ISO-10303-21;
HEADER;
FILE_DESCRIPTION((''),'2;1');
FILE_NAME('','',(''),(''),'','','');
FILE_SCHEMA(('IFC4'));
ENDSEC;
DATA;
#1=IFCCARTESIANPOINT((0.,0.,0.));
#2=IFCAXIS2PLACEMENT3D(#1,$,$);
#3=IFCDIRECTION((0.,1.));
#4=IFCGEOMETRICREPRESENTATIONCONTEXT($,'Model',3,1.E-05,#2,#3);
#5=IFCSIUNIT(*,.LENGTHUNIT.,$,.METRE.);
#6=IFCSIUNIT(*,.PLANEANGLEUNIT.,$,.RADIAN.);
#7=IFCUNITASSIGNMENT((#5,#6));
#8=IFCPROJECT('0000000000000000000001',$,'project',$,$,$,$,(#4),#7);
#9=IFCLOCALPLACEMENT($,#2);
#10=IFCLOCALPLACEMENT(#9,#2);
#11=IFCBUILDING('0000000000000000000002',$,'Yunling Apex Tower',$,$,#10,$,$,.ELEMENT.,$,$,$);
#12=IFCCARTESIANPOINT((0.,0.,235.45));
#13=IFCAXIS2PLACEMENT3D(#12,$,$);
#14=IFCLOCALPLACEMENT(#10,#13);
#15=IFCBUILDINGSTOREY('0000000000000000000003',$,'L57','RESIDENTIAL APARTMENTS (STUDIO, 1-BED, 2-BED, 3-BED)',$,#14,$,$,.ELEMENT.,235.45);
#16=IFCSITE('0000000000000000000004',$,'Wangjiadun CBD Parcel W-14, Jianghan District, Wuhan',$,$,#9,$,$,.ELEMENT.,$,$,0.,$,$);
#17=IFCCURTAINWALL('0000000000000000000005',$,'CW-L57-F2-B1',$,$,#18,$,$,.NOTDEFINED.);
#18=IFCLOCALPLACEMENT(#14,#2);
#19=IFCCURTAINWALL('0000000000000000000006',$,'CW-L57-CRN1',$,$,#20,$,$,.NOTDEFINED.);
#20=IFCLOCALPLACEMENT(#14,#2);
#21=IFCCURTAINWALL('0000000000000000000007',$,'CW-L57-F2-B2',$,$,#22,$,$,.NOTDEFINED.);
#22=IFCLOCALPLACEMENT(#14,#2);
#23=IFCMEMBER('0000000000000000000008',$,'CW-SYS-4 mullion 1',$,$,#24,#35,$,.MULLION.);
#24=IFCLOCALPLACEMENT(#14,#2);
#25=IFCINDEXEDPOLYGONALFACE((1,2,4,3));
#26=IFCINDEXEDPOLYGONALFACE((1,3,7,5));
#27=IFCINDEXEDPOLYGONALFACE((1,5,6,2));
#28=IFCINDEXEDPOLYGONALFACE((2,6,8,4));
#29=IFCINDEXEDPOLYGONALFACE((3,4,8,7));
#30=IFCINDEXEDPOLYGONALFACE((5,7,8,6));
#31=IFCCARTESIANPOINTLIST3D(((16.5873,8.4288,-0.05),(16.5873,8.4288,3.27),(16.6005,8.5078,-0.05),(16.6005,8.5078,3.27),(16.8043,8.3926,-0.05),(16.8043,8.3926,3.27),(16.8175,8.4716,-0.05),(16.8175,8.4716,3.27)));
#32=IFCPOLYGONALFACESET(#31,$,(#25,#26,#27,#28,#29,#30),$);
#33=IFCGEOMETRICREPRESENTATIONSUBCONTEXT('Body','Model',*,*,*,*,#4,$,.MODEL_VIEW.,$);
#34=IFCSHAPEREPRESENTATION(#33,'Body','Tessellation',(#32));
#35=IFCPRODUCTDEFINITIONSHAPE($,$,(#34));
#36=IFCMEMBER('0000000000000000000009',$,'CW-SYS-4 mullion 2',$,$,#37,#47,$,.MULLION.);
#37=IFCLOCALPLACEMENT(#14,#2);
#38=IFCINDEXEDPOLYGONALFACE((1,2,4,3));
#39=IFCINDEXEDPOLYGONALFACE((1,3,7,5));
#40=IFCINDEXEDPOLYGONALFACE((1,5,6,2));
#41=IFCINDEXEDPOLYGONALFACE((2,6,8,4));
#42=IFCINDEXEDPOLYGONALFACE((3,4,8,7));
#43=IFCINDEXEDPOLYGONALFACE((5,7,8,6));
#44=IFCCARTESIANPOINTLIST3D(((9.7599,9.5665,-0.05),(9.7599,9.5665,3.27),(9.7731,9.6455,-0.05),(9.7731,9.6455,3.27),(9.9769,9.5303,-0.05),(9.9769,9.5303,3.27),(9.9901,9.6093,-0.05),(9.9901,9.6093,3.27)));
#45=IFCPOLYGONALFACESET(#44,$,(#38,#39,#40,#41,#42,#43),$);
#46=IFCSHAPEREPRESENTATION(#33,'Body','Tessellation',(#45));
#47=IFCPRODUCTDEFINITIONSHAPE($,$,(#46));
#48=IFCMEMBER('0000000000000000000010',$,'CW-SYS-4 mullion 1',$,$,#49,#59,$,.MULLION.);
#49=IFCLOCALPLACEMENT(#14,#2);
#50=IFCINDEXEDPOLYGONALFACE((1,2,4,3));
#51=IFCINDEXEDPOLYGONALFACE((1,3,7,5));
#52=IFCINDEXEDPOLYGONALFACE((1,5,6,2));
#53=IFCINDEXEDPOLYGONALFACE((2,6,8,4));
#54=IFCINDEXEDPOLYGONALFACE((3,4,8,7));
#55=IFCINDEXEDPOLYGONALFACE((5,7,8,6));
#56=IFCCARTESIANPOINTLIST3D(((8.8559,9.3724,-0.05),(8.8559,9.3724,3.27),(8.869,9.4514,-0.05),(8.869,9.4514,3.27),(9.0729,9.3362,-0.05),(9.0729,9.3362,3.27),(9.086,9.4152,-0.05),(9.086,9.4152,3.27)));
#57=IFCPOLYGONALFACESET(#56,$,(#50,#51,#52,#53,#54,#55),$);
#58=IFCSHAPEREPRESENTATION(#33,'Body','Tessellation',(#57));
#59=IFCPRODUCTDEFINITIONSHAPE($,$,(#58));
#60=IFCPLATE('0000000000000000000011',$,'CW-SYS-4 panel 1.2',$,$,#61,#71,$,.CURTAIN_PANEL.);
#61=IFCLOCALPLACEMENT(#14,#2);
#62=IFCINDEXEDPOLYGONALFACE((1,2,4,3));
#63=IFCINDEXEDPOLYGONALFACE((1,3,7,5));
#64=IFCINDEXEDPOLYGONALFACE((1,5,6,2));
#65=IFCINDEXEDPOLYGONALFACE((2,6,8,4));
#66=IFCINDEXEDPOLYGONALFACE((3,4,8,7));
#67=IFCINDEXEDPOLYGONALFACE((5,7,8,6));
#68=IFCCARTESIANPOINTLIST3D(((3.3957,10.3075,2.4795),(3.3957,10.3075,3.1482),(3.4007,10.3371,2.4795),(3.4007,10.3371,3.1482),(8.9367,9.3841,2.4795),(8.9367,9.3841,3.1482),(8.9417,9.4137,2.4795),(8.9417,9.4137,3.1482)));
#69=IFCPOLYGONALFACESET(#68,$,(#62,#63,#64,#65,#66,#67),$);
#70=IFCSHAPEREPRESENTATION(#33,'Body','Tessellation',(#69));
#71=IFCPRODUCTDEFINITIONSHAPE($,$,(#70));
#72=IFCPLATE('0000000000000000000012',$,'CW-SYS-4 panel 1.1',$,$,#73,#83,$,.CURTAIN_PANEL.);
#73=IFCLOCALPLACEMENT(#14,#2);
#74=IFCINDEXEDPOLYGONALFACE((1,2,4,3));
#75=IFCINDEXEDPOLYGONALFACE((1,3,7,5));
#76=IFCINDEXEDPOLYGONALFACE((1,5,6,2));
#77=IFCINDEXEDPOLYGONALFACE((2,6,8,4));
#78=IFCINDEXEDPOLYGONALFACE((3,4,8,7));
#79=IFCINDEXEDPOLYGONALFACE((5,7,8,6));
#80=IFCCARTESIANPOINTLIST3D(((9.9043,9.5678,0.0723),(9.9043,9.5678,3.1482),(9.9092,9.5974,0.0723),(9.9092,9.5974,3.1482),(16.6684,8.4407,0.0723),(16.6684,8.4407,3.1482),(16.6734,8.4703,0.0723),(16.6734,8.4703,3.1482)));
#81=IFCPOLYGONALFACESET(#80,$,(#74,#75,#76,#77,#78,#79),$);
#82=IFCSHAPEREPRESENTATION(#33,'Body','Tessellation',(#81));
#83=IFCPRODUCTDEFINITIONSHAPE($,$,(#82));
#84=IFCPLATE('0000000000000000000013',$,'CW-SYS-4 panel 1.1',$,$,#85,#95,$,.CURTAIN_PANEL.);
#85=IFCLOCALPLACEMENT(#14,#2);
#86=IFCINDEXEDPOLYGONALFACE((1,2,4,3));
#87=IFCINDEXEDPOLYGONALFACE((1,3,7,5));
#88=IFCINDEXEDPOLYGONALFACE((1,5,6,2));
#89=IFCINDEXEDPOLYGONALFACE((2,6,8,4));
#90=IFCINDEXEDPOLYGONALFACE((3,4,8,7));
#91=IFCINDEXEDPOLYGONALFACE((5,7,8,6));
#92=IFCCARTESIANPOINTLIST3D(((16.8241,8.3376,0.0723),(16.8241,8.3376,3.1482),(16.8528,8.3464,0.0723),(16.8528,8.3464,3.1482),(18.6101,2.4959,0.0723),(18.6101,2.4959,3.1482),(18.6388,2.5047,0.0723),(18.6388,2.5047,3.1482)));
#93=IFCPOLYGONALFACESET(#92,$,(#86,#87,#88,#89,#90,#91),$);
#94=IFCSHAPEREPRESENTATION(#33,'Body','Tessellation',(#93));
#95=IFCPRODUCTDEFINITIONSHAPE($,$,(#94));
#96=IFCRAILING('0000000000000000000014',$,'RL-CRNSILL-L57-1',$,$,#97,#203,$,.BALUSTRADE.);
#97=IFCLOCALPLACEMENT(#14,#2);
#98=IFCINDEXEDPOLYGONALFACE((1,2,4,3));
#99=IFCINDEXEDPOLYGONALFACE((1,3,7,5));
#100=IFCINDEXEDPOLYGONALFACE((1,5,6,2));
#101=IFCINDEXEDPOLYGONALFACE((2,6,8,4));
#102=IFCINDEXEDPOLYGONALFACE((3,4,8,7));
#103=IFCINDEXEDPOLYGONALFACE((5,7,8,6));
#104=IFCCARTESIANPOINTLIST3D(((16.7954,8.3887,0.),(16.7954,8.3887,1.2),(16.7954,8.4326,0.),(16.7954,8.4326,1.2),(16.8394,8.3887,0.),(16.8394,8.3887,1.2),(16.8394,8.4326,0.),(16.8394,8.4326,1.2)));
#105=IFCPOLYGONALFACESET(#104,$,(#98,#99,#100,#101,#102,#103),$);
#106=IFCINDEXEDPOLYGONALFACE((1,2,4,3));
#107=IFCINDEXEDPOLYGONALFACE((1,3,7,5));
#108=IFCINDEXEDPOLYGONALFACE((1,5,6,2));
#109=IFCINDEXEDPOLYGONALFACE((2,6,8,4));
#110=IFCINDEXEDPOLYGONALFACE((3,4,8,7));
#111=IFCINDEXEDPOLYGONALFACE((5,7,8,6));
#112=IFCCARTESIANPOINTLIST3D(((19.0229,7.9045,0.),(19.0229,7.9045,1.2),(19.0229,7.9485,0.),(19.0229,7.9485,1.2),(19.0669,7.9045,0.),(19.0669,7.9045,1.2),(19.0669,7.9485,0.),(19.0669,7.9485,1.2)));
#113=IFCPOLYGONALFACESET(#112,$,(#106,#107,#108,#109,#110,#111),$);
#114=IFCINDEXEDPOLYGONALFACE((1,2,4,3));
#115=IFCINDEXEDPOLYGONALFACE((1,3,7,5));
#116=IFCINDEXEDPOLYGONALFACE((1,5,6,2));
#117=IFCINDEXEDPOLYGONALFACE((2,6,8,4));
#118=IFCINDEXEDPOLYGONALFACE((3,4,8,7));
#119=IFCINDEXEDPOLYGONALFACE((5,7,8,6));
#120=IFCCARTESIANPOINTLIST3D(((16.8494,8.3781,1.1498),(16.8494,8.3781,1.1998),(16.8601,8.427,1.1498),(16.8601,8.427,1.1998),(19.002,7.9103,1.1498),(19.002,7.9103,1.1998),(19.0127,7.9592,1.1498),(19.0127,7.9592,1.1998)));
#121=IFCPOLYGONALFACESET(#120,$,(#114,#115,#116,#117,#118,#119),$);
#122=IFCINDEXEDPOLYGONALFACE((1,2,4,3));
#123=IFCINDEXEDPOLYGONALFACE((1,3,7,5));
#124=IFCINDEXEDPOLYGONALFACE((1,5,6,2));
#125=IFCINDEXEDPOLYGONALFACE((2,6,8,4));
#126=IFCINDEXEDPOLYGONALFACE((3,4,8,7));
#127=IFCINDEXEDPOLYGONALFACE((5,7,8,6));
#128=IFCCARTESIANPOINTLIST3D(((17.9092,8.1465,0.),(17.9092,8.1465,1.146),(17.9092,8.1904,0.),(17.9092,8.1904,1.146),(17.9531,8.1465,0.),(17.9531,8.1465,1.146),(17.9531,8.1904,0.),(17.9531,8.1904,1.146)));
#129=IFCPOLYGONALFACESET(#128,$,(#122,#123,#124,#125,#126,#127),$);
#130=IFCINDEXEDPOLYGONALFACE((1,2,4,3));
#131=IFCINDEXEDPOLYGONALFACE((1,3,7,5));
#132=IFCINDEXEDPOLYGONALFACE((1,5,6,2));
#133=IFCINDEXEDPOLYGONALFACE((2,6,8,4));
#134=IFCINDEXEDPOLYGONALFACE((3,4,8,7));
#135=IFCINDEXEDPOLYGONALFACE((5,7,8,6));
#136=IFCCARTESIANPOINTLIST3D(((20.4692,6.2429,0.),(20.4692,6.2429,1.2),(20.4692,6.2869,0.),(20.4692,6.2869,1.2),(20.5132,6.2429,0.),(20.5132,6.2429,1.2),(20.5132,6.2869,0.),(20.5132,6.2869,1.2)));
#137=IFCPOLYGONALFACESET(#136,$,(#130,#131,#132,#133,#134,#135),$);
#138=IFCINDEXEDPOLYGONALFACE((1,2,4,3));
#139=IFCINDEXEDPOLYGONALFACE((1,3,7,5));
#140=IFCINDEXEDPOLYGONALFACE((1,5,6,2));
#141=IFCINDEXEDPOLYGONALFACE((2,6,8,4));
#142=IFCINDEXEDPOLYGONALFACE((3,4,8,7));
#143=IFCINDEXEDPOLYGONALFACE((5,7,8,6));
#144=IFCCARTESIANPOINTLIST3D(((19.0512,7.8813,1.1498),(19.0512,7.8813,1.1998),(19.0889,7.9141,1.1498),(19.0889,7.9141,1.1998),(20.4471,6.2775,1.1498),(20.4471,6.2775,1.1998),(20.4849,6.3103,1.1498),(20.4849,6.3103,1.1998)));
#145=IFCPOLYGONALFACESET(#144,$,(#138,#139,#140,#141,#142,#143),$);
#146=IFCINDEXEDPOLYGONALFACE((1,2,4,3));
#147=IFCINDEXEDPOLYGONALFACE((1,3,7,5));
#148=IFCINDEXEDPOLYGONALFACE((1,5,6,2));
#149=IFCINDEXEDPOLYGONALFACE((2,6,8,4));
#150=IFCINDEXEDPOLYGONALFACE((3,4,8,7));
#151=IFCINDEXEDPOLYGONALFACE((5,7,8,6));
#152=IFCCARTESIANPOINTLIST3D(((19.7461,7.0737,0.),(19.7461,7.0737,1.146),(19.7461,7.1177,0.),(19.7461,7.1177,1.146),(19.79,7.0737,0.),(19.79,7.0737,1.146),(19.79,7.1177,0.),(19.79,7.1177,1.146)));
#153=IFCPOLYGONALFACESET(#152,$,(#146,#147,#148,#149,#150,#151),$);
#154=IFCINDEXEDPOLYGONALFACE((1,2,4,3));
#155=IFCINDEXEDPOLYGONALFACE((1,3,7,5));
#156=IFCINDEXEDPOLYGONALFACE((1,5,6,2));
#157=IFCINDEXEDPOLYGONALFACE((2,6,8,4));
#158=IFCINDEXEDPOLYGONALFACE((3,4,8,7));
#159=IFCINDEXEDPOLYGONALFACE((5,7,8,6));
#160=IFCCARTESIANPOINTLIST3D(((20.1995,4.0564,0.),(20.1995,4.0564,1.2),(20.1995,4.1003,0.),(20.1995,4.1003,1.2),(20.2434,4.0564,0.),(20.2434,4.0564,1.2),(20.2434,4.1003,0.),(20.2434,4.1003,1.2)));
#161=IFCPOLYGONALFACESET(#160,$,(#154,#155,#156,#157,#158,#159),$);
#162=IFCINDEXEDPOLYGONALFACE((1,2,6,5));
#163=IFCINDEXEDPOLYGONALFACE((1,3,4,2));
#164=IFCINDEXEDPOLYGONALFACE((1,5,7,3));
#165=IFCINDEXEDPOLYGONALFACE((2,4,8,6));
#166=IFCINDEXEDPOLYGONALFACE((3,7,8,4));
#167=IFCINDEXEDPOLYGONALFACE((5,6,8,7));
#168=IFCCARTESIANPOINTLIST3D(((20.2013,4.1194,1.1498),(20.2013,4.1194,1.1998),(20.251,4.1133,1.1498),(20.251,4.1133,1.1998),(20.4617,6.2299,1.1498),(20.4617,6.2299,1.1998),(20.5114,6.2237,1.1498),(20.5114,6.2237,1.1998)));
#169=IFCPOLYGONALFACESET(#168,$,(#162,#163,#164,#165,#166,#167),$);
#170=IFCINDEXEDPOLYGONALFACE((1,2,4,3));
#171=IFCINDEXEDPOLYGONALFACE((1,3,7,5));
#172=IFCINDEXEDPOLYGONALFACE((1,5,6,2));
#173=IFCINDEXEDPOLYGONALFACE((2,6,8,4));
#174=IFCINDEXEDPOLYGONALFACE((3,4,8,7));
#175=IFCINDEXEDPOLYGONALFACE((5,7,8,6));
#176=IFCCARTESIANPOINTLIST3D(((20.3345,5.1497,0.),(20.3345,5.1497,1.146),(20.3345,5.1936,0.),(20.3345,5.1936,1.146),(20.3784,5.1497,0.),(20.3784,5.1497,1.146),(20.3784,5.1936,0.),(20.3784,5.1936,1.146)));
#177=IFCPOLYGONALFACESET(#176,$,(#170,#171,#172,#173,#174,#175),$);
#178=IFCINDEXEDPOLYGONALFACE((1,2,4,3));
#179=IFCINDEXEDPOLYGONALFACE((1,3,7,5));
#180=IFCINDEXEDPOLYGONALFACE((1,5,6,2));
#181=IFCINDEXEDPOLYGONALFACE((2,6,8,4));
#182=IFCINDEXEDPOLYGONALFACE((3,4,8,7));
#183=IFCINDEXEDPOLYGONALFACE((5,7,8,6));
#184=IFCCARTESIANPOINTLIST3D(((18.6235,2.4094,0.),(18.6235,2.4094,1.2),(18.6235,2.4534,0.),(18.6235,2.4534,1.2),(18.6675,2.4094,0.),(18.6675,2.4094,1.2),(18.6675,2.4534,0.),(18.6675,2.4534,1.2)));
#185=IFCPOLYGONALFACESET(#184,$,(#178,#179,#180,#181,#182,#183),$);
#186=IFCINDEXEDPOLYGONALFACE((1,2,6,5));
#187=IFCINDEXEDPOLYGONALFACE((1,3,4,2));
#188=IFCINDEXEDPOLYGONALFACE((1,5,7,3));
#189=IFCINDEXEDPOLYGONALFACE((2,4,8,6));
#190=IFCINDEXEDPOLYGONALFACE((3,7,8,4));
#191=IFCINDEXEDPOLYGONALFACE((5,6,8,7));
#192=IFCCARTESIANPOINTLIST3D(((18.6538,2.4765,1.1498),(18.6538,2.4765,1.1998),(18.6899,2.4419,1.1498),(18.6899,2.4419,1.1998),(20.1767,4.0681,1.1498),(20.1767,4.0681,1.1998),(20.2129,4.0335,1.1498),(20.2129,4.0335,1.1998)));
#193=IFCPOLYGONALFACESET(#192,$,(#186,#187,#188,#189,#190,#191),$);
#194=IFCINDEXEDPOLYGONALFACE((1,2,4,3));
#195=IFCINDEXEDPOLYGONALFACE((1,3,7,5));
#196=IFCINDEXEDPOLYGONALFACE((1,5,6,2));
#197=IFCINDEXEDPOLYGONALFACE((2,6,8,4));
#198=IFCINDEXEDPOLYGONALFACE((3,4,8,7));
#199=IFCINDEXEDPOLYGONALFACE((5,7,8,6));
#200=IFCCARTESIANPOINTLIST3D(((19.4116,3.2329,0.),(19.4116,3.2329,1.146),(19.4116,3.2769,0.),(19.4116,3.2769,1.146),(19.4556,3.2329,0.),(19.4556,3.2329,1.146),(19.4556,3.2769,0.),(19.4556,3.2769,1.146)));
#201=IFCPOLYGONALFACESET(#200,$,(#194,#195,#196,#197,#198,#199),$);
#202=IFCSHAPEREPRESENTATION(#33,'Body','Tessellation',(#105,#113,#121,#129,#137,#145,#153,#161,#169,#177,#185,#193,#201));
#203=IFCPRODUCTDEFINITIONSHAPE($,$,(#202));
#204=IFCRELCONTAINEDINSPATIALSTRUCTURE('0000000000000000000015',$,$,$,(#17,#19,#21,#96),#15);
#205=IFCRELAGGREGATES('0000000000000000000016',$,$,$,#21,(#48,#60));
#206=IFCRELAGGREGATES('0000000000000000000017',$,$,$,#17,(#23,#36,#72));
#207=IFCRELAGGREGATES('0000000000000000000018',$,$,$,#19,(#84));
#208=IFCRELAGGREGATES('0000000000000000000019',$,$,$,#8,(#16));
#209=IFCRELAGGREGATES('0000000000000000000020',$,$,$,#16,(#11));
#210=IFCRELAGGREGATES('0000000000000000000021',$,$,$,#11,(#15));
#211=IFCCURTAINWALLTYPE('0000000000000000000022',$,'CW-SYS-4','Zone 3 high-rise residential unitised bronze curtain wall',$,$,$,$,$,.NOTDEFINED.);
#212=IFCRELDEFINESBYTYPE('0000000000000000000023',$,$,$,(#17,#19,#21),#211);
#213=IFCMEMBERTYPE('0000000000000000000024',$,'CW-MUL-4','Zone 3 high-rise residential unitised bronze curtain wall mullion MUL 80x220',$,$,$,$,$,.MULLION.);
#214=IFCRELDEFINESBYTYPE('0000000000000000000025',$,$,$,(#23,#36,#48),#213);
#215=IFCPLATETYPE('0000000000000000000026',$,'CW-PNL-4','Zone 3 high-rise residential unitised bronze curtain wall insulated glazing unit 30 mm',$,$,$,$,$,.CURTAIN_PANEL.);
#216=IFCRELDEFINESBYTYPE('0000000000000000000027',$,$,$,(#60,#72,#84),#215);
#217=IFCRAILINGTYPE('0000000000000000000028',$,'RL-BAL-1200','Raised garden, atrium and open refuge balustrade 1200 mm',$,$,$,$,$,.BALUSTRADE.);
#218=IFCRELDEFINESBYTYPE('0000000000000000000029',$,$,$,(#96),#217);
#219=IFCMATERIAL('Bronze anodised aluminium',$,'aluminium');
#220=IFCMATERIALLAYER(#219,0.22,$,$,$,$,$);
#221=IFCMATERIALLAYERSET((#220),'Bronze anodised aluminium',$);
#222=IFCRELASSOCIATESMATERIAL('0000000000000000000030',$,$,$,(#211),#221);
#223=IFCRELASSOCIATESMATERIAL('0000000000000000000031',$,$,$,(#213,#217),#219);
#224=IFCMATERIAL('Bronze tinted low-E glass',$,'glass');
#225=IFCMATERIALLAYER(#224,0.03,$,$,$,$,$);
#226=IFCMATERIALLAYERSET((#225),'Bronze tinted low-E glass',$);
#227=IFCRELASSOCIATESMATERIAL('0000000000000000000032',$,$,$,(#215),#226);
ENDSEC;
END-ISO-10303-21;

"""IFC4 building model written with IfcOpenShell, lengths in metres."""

from ifc_helpers import new_model, si_unit, direction, frame, origin, origin_2d, place, context, subcontext, project, spatial, rectangle, extrude, source, transform, mapped, material, layer, layer_set, material_profile, profile_set, type_object, element, aggregate, save


model = new_model("IFC4")

# Units and contexts
model_context = context("Model", 3, precision=1e-05, world=origin(), true_north=direction((0.0, 1.0)))
body_context = subcontext(model_context, "Body", "Model", "MODEL_VIEW")
ifc_project = project(units=[si_unit("LENGTHUNIT", "METRE"), si_unit("PLANEANGLEUNIT", "RADIAN")], contexts=[model_context])

# Site, building, storey
site_placement = place(None, origin())
site = spatial("IfcSite", under=ifc_project, at=site_placement, Name="Wangjiadun CBD Parcel W-14, Jianghan District, Wuhan", CompositionType="ELEMENT", RefElevation=0.0)
building_placement = place(site_placement, origin())
building = spatial("IfcBuilding", under=site, at=building_placement, Name="Yunling Apex Tower", CompositionType="ELEMENT")
storey_placement = place(building_placement, frame((0.0, 0.0, 235.45)))
storey = spatial("IfcBuildingStorey", under=building, at=storey_placement, Name="L57", Description="RESIDENTIAL APARTMENTS (STUDIO, 1-BED, 2-BED, 3-BED)", CompositionType="ELEMENT", Elevation=235.45)

# Curtain walls
ifc_material_1 = material(Name="Bronze anodised aluminium", Category="aluminium")
ifc_layer_1 = layer(ifc_material_1, 0.22)
ifc_layer_set_1 = layer_set([ifc_layer_1], Name="Bronze anodised aluminium")
curtain_wall_type = type_object("IfcCurtainWallType", Name="CW-SYS-4", Description="Zone 3 high-rise residential unitised bronze curtain wall", PredefinedType="NOTDEFINED", material=ifc_layer_set_1)
curtain_wall_1_placement = place(storey_placement, origin())
curtain_wall_1 = element("IfcCurtainWall", 1, at=curtain_wall_1_placement, inside=storey, type_object=curtain_wall_type, Name="CW-L57-F2-B1", PredefinedType="NOTDEFINED")
curtain_wall_2_placement = place(storey_placement, origin())
curtain_wall_2 = element("IfcCurtainWall", 2, at=curtain_wall_2_placement, inside=storey, type_object=curtain_wall_type, Name="CW-L57-CRN1", PredefinedType="NOTDEFINED")
curtain_wall_3_placement = place(storey_placement, origin())
curtain_wall_3 = element("IfcCurtainWall", 3, at=curtain_wall_3_placement, inside=storey, type_object=curtain_wall_type, Name="CW-L57-F2-B2", PredefinedType="NOTDEFINED")

# Shared definitions
ifc_material_profile_1 = material_profile(ifc_material_1, rectangle(XDim=0.0801, YDim=0.22, at=origin_2d()))
ifc_profile_set_1 = profile_set([ifc_material_profile_1], Name="Bronze anodised aluminium")
member_type_1 = type_object("IfcMemberType", Name="CW-MUL-4", Description="Zone 3 high-rise residential unitised bronze curtain wall mullion MUL 80x220", PredefinedType="MULLION", material=ifc_profile_set_1)
shared_shape_1 = source(origin(), body_context, "Body", "SweptSolid", [
    extrude(rectangle(XDim=0.0801, YDim=0.22, at=origin_2d()), origin(), (0.0, 0.0, 1.0), 3.3201),
])

# Members
member_1_placement = place(storey_placement, frame((16.7024, 8.4502, -0.05), z_axis=(0.0, 0.0, 1.0), x_axis=(-0.164353, -0.986402, 0.0)))
member_1 = element("IfcMember", 4, at=member_1_placement, type_object=member_type_1, Name="CW-SYS-4 mullion 1", PredefinedType="MULLION", context=body_context, shape_type="MappedRepresentation", body=[
    mapped(shared_shape_1, transform((0.0, 0.0, 0.0), scale=1.0)),
])
member_2_placement = place(storey_placement, frame((9.875, 9.5879, -0.05), z_axis=(0.0, 0.0, 1.0), x_axis=(-0.164353, -0.986402, 0.0)))
member_2 = element("IfcMember", 5, at=member_2_placement, type_object=member_type_1, Name="CW-SYS-4 mullion 2", PredefinedType="MULLION", context=body_context, shape_type="MappedRepresentation", body=[
    mapped(shared_shape_1, transform((0.0, 0.0, 0.0), scale=1.0)),
])
member_3_placement = place(storey_placement, frame((8.9709, 9.3938, -0.05), z_axis=(0.0, 0.0, 1.0), x_axis=(-0.164371, -0.986399, 0.0)))
member_3 = element("IfcMember", 6, at=member_3_placement, type_object=member_type_1, Name="CW-SYS-4 mullion 1", PredefinedType="MULLION", context=body_context, shape_type="MappedRepresentation", body=[
    mapped(shared_shape_1, transform((0.0, 0.0, 0.0), scale=1.0)),
])

# Plates
ifc_material_2 = material(Name="Bronze tinted low-E glass", Category="glass")
ifc_layer_2 = layer(ifc_material_2, 0.03)
ifc_layer_set_2 = layer_set([ifc_layer_2], Name="Bronze tinted low-E glass")
plate_type = type_object("IfcPlateType", Name="CW-PNL-4", Description="Zone 3 high-rise residential unitised bronze curtain wall insulated glazing unit 30 mm", PredefinedType="CURTAIN_PANEL", material=ifc_layer_set_2)
shared_shape_2 = source(origin(), body_context, "Body", "SweptSolid", [
    extrude(rectangle(XDim=5.6174, YDim=0.03, at=origin_2d()), origin(), (0.0, 0.0, 1.0), 0.6687),
])
plate_1_placement = place(storey_placement, frame((6.1687, 9.8606, 2.4795), z_axis=(0.0, 0.0, 1.0), x_axis=(-0.986399, 0.164371, 0.0)))
plate_1 = element("IfcPlate", 7, at=plate_1_placement, type_object=plate_type, Name="CW-SYS-4 panel 1.2", PredefinedType="CURTAIN_PANEL", context=body_context, shape_type="MappedRepresentation", body=[
    mapped(shared_shape_2, transform((0.0, 0.0, 0.0), scale=1.0)),
])
aggregate(curtain_wall_3, [member_3, plate_1])
shared_shape_3 = source(origin(), body_context, "Body", "SweptSolid", [
    extrude(rectangle(XDim=6.8574, YDim=0.03, at=origin_2d()), origin(), (0.0, 0.0, 1.0), 3.0759),
])
plate_2_placement = place(storey_placement, frame((13.2888, 9.019, 0.0723), z_axis=(0.0, 0.0, 1.0), x_axis=(-0.986402, 0.164353, 0.0)))
plate_2 = element("IfcPlate", 8, at=plate_2_placement, type_object=plate_type, Name="CW-SYS-4 panel 1.1", PredefinedType="CURTAIN_PANEL", context=body_context, shape_type="MappedRepresentation", body=[
    mapped(shared_shape_3, transform((0.0, 0.0, 0.0), scale=1.0)),
])
aggregate(curtain_wall_1, [member_1, member_2, plate_2])
shared_shape_4 = source(origin(), body_context, "Body", "SweptSolid", [
    extrude(rectangle(XDim=6.1086, YDim=0.03, at=origin_2d()), origin(), (0.0, 0.0, 1.0), 3.0759),
])
plate_3_placement = place(storey_placement, frame((17.7314, 5.4211, 0.0723), z_axis=(0.0, 0.0, 1.0), x_axis=(-0.292369, 0.956305, 0.0)))
plate_3 = element("IfcPlate", 9, at=plate_3_placement, type_object=plate_type, Name="CW-SYS-4 panel 1.1", PredefinedType="CURTAIN_PANEL", context=body_context, shape_type="MappedRepresentation", body=[
    mapped(shared_shape_4, transform((0.0, 0.0, 0.0), scale=1.0)),
])
aggregate(curtain_wall_2, [plate_3])

# Railing
railing_type = type_object("IfcRailingType", Name="RL-BAL-1200", Description="Raised garden, atrium and open refuge balustrade 1200 mm", PredefinedType="BALUSTRADE", material=ifc_material_1)
railing_1_placement = place(storey_placement, frame((16.8174, 8.4106, 0.0)))
element("IfcRailing", 10, at=railing_1_placement, inside=storey, type_object=railing_type, Name="RL-CRNSILL-L57-1", PredefinedType="BALUSTRADE", context=body_context, shape_type="SweptSolid", body=[
    extrude(rectangle(XDim=0.0439, YDim=0.0439, at=origin_2d()), origin(), (0.0, 0.0, 1.0), 1.2),
    extrude(rectangle(XDim=0.0439, YDim=0.0439, at=origin_2d()), frame((2.2275, -0.4841, 0.0)), (0.0, 0.0, 1.0), 1.2),
    extrude(rectangle(XDim=0.05, YDim=0.05, at=origin_2d()), frame((0.0374, -0.0081, 1.1748), z_axis=(0.977187, -0.212381, 0.0), x_axis=(0.212381, 0.977187, 0.0)), (0.0, 0.0, 1.0), 2.2029),
    extrude(rectangle(XDim=0.0439, YDim=0.0439, at=origin_2d()), frame((1.1138, -0.2422, 0.0)), (0.0, 0.0, 1.0), 1.146),
    extrude(rectangle(XDim=0.0439, YDim=0.0439, at=origin_2d()), frame((3.6738, -2.1458, 0.0)), (0.0, 0.0, 1.0), 1.2),
    extrude(rectangle(XDim=0.05, YDim=0.05, at=origin_2d()), frame((2.2527, -0.5129, 1.1748), z_axis=(0.656541, -0.75429, 0.0), x_axis=(0.75429, 0.656541, 0.0)), (0.0, 0.0, 1.0), 2.1262),
    extrude(rectangle(XDim=0.0439, YDim=0.0439, at=origin_2d()), frame((2.9507, -1.3149, 0.0)), (0.0, 0.0, 1.0), 1.146),
    extrude(rectangle(XDim=0.0439, YDim=0.0439, at=origin_2d()), frame((3.4041, -4.3323, 0.0)), (0.0, 0.0, 1.0), 1.2),
    extrude(rectangle(XDim=0.05, YDim=0.05, at=origin_2d()), frame((3.6692, -2.1838, 1.1748), z_axis=(-0.122452, -0.992474, 0.0), x_axis=(0.992474, -0.122452, 0.0)), (0.0, 0.0, 1.0), 2.1265),
    extrude(rectangle(XDim=0.0439, YDim=0.0439, at=origin_2d()), frame((3.5391, -3.239, 0.0)), (0.0, 0.0, 1.0), 1.146),
    extrude(rectangle(XDim=0.0439, YDim=0.0439, at=origin_2d()), frame((1.8281, -5.9792, 0.0)), (0.0, 0.0, 1.0), 1.2),
    extrude(rectangle(XDim=0.05, YDim=0.05, at=origin_2d()), frame((3.3774, -4.3599, 1.1748), z_axis=(-0.691352, -0.722519, 0.0), x_axis=(0.722519, -0.691352, 0.0)), (0.0, 0.0, 1.0), 2.2029),
    extrude(rectangle(XDim=0.0439, YDim=0.0439, at=origin_2d()), frame((2.6162, -5.1558, 0.0)), (0.0, 0.0, 1.0), 1.146),
])

save(model, "model.ifc")
